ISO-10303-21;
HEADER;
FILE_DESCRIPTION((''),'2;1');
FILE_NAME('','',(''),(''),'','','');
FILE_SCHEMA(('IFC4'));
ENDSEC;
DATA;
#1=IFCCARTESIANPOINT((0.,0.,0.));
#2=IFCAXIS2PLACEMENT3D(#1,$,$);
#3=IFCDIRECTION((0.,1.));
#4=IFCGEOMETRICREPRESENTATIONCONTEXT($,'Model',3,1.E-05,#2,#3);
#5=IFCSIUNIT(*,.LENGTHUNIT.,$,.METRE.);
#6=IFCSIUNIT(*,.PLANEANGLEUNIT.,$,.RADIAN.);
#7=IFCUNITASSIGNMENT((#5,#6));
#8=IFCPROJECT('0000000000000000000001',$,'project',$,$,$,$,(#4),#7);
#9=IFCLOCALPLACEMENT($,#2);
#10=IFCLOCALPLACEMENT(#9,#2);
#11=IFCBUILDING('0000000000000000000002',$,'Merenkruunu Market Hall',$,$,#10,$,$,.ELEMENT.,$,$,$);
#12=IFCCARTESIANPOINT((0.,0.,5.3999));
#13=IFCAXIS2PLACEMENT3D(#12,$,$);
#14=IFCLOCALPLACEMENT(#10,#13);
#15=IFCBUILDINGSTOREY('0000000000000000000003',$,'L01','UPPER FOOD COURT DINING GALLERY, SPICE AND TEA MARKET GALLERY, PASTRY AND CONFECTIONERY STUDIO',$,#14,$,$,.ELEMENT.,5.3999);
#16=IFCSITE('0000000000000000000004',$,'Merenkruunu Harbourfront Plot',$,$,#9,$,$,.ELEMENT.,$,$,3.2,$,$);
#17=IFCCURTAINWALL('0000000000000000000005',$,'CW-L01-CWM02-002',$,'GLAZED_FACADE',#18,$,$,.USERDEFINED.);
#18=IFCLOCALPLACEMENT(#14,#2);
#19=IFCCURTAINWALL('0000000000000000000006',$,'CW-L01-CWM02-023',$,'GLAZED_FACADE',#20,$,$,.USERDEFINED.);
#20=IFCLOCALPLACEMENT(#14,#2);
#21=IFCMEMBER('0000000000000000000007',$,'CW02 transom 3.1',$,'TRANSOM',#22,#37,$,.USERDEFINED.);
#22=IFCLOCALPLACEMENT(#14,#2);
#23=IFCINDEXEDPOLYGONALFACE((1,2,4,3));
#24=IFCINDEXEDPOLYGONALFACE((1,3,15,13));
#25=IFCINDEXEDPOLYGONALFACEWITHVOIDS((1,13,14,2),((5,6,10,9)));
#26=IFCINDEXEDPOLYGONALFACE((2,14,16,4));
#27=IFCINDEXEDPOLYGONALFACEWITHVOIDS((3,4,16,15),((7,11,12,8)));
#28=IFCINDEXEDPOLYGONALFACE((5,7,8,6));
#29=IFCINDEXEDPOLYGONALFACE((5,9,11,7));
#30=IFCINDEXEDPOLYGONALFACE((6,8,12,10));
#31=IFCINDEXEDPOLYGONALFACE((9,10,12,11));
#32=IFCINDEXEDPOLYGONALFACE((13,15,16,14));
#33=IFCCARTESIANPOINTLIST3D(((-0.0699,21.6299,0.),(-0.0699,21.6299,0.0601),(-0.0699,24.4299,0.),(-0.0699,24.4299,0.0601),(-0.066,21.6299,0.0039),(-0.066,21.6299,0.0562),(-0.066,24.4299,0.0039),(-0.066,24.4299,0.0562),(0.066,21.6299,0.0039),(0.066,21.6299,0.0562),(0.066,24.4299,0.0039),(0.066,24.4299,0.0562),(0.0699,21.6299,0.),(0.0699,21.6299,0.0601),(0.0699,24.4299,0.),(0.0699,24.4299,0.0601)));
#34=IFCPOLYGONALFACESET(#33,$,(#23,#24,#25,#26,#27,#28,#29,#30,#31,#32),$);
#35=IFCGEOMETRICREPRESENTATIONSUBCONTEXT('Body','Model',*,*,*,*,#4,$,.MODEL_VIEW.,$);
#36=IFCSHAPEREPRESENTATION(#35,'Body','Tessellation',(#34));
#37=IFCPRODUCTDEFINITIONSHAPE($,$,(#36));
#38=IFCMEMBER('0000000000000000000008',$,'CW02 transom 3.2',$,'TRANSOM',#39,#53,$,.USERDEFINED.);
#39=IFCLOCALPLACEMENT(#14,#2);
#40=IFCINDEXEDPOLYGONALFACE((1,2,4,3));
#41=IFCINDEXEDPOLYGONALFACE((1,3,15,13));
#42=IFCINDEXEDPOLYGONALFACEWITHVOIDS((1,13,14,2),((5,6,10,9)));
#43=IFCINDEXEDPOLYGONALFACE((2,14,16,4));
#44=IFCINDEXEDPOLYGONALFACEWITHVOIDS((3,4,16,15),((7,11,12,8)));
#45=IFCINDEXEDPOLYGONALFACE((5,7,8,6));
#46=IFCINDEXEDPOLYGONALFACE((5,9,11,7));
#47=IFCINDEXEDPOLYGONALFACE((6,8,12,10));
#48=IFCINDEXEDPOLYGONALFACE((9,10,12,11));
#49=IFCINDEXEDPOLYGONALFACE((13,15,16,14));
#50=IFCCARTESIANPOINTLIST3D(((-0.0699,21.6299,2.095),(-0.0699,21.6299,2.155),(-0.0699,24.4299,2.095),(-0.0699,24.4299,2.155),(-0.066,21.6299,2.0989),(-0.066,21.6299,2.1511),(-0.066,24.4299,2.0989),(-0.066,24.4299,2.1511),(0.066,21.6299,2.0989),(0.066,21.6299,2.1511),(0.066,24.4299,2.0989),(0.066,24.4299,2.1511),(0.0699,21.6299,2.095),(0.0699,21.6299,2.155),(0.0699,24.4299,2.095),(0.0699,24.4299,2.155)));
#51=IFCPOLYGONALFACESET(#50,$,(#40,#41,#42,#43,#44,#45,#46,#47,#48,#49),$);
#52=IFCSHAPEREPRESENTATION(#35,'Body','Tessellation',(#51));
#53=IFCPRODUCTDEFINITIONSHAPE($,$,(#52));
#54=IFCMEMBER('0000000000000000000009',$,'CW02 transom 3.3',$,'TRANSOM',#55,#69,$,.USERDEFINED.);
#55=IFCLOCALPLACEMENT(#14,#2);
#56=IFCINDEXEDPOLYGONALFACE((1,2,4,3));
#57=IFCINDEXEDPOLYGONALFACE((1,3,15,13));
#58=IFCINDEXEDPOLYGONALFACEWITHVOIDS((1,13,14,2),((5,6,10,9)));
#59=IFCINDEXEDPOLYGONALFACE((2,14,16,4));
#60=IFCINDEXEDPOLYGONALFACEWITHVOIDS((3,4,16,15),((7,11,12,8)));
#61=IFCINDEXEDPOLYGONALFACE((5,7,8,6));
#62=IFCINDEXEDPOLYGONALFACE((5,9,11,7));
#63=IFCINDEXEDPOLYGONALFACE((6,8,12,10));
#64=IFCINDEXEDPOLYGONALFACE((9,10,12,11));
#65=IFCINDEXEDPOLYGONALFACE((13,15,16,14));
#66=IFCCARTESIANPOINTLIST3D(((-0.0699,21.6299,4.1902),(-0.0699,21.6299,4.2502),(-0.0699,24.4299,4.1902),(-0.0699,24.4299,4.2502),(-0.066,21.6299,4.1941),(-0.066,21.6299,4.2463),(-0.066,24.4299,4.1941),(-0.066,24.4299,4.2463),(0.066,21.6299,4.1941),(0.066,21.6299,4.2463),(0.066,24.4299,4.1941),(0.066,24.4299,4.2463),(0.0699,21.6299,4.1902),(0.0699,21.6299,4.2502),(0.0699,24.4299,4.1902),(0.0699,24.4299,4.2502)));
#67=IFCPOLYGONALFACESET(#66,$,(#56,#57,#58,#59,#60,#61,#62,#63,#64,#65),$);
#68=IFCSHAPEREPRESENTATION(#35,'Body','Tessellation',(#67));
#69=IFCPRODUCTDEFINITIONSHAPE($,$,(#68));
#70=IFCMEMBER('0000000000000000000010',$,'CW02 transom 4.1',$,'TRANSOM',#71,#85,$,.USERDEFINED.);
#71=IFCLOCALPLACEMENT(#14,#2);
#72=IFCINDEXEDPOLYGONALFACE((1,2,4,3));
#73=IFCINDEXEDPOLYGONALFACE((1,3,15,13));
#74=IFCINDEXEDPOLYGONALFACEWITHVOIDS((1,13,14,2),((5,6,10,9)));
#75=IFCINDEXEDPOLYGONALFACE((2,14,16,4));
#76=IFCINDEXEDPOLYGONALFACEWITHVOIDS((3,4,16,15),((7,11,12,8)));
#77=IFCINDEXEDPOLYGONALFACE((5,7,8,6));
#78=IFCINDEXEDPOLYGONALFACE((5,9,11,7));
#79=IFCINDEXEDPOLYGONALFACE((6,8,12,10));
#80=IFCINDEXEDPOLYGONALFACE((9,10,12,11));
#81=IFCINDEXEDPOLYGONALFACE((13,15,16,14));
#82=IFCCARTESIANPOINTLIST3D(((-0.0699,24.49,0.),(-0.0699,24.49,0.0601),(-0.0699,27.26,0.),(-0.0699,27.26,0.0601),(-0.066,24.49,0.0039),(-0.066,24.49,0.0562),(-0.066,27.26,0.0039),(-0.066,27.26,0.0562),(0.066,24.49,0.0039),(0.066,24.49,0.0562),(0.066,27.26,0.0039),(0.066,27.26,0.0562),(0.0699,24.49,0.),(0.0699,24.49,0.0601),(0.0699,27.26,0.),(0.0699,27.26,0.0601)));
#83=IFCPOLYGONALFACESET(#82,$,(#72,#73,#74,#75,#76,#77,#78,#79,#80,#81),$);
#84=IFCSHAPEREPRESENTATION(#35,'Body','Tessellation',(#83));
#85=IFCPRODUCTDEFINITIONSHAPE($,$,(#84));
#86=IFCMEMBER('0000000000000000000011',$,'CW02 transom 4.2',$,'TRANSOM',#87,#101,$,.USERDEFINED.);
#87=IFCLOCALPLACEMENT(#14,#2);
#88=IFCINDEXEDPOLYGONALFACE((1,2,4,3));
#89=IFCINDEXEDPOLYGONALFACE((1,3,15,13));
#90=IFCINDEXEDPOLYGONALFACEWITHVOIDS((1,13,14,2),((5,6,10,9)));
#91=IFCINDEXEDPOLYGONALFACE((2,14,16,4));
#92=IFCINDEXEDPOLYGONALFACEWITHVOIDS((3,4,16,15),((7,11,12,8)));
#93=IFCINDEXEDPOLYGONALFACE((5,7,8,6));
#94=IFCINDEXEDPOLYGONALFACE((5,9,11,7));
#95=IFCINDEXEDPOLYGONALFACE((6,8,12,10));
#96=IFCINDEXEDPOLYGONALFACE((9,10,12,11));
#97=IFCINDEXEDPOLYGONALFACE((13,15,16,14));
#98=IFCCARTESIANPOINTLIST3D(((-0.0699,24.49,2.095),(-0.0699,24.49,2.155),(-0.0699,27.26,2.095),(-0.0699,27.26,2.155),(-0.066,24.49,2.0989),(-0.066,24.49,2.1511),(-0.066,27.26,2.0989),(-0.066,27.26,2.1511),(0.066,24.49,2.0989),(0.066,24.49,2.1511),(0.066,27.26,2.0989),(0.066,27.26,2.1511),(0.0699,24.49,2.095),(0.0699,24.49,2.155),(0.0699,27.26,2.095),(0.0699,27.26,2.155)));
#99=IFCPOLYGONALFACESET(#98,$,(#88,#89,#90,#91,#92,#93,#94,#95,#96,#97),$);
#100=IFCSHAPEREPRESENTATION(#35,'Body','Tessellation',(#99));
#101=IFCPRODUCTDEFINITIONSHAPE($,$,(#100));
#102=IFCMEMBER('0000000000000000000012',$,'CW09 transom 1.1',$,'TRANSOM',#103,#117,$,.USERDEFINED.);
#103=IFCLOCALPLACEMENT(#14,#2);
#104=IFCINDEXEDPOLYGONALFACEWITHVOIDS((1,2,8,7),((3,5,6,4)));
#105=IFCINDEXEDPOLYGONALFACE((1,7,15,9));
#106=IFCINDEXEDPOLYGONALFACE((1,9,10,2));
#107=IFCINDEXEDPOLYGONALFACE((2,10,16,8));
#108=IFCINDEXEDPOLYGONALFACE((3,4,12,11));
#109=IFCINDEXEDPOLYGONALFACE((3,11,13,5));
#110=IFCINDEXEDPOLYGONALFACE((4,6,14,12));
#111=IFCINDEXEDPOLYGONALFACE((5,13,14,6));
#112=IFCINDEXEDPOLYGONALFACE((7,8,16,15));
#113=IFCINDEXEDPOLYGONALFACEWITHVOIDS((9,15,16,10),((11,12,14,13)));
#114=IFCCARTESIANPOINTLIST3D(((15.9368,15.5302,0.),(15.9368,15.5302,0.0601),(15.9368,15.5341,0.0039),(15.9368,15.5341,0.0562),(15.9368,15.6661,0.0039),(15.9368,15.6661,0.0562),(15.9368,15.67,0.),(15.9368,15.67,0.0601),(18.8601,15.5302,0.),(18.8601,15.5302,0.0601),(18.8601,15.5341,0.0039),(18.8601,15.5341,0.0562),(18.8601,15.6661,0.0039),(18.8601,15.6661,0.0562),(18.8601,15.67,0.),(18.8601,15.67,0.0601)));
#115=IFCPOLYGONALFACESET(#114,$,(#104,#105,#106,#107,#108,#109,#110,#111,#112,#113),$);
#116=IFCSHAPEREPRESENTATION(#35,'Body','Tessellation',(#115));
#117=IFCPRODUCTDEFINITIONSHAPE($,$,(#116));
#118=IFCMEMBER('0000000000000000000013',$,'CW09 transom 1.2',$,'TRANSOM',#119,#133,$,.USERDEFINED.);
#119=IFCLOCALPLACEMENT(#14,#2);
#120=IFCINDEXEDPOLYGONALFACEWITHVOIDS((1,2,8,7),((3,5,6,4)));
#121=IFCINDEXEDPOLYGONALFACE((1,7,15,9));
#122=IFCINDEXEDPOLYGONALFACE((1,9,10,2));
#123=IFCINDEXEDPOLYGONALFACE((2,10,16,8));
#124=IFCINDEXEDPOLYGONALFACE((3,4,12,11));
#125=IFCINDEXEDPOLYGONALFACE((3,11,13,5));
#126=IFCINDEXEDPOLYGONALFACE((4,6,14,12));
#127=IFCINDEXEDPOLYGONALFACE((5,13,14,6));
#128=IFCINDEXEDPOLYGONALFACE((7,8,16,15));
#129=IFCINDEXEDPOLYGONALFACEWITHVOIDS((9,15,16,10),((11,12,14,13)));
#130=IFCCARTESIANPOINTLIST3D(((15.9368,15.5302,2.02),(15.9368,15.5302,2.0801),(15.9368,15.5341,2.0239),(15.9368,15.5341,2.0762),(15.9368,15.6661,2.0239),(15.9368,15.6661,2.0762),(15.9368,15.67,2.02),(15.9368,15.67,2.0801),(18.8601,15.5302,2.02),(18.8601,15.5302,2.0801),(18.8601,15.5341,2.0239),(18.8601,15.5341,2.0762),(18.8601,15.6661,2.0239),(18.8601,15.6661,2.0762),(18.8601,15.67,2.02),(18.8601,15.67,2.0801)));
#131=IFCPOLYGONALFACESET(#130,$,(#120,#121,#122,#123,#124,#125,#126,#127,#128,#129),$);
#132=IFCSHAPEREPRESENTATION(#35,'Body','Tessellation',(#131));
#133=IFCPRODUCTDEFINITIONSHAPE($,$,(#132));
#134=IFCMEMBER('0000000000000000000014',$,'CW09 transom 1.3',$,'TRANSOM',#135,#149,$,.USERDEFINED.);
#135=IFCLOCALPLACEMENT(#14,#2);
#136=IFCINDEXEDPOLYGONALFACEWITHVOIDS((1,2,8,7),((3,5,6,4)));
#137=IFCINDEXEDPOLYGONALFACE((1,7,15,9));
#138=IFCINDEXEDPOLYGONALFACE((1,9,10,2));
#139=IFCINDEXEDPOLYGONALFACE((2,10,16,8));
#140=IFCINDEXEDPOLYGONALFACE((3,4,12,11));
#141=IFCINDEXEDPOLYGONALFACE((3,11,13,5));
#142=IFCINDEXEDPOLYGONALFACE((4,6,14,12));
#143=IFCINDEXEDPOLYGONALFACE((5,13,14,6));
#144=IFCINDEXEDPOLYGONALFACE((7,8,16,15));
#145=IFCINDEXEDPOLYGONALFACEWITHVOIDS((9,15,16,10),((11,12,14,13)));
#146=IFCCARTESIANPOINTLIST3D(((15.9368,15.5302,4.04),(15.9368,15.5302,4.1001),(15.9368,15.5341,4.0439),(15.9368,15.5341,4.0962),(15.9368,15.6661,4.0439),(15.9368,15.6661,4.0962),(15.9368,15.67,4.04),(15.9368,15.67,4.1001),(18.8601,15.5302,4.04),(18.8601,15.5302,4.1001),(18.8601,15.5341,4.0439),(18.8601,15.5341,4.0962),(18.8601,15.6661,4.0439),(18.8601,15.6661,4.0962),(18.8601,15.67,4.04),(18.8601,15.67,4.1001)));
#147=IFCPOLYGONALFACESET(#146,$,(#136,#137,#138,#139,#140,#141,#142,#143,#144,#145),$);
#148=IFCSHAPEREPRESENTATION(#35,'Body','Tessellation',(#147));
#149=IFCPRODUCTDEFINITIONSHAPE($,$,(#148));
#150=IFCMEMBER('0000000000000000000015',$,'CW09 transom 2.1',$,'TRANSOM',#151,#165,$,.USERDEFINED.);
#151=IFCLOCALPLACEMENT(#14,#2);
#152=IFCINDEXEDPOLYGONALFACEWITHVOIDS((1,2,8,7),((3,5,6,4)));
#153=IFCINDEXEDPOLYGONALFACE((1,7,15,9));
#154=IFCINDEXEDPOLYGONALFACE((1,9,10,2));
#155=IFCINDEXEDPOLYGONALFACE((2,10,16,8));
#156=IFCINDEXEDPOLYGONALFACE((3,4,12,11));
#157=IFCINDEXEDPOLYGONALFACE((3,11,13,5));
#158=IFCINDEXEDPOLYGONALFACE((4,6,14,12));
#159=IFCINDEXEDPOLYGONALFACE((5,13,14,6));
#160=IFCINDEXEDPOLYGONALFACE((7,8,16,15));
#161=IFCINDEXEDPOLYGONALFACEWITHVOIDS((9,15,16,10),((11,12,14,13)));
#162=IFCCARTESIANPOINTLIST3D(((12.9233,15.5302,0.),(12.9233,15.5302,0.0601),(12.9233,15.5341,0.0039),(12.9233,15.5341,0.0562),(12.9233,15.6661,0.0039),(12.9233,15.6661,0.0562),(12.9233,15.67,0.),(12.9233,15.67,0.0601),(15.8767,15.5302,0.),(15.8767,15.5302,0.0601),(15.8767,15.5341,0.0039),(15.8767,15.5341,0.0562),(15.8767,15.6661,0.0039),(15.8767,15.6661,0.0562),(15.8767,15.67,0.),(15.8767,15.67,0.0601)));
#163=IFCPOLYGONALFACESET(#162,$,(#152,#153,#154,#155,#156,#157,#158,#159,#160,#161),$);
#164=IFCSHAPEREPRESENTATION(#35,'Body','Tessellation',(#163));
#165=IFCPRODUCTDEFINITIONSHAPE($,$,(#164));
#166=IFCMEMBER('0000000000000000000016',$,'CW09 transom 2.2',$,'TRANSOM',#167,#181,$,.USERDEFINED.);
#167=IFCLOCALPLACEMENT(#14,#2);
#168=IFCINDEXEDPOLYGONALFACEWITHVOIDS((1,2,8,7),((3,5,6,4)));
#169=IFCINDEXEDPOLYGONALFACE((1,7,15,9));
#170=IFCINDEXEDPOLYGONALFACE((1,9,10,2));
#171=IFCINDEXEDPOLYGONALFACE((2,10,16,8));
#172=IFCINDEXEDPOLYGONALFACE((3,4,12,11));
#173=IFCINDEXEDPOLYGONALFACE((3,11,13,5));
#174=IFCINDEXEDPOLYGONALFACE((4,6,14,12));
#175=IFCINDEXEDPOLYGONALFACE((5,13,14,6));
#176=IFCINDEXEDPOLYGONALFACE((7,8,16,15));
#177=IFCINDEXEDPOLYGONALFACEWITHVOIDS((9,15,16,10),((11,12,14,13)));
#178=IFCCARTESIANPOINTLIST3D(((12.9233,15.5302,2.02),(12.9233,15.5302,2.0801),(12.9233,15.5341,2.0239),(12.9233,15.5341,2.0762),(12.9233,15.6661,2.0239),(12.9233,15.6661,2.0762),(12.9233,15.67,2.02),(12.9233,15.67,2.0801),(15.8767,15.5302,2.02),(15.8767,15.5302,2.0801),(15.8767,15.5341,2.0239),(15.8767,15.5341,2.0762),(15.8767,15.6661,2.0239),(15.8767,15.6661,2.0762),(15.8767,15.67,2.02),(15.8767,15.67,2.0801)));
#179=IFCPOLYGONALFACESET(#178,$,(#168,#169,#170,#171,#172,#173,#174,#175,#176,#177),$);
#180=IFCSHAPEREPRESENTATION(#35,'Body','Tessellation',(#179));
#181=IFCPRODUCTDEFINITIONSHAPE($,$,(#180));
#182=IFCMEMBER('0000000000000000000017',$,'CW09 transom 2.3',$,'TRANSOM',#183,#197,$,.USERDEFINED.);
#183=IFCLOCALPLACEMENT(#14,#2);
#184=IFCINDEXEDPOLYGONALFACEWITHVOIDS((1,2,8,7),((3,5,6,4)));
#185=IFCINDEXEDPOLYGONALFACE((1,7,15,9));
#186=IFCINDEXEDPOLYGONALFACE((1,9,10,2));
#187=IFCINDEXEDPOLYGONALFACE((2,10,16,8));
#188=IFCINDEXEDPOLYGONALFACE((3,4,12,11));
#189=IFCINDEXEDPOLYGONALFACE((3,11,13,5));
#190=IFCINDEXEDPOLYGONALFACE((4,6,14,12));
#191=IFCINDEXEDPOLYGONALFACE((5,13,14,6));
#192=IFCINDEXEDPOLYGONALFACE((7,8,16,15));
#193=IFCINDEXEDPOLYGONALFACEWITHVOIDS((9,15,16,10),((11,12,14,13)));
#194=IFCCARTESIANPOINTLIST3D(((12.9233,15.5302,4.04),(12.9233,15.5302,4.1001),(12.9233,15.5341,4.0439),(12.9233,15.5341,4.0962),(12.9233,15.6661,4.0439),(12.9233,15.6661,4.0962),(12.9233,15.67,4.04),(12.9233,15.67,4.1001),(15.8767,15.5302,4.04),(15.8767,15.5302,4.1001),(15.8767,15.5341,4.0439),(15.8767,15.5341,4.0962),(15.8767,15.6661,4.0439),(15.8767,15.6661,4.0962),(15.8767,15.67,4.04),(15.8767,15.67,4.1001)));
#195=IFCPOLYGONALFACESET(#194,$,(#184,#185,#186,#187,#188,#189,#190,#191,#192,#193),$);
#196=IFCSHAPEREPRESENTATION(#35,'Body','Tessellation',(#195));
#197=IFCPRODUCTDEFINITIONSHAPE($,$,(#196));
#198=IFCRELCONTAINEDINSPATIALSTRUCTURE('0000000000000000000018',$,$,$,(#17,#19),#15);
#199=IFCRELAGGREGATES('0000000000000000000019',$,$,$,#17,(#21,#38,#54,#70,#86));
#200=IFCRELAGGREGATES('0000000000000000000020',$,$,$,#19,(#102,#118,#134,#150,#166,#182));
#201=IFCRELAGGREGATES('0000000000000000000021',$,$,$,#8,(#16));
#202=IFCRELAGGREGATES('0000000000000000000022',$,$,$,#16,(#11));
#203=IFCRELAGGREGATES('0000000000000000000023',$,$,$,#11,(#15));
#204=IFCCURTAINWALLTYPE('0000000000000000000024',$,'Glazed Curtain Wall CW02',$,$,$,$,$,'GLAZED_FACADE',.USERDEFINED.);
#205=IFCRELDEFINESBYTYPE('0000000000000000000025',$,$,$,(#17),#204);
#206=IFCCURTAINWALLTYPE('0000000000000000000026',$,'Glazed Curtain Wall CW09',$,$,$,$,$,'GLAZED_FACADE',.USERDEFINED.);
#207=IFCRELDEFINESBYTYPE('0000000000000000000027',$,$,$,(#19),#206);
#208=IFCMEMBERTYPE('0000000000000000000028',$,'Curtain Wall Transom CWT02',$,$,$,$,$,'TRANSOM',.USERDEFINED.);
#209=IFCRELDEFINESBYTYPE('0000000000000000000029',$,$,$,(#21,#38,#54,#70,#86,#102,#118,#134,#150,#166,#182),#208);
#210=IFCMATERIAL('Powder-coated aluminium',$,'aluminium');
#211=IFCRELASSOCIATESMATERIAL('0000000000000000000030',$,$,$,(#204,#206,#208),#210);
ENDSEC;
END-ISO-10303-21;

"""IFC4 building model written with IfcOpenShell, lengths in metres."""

from ifc_helpers import new_model, si_unit, direction, frame, origin, origin_2d, place, context, subcontext, project, spatial, hollow_rectangle, extrude, material, material_profile, profile_set, type_object, element, aggregate, save


model = new_model("IFC4")

# Units and contexts
model_context = context("Model", 3, precision=1e-05, world=origin(), true_north=direction((0.0, 1.0)))
body_context = subcontext(model_context, "Body", "Model", "MODEL_VIEW")
ifc_project = project(units=[si_unit("LENGTHUNIT", "METRE"), si_unit("PLANEANGLEUNIT", "RADIAN")], contexts=[model_context])

# Site, building, storey
site_placement = place(None, origin())
site = spatial("IfcSite", under=ifc_project, at=site_placement, Name="Merenkruunu Harbourfront Plot", CompositionType="ELEMENT", RefElevation=3.2)
building_placement = place(site_placement, origin())
building = spatial("IfcBuilding", under=site, at=building_placement, Name="Merenkruunu Market Hall", CompositionType="ELEMENT")
storey_placement = place(building_placement, frame((0.0, 0.0, 5.3999)))
storey = spatial("IfcBuildingStorey", under=building, at=storey_placement, Name="L01", Description="UPPER FOOD COURT DINING GALLERY, SPICE AND TEA MARKET GALLERY, PASTRY AND CONFECTIONERY STUDIO", CompositionType="ELEMENT", Elevation=5.3999)

# Curtain wall
ifc_material_1 = material(Name="Powder-coated aluminium", Category="aluminium")
curtain_wall_type_1 = type_object("IfcCurtainWallType", Name="Glazed Curtain Wall CW02", ElementType="GLAZED_FACADE", PredefinedType="USERDEFINED", material=ifc_material_1)
curtain_wall_1_placement = place(storey_placement, origin())
curtain_wall_1 = element("IfcCurtainWall", 1, at=curtain_wall_1_placement, inside=storey, type_object=curtain_wall_type_1, Name="CW-L01-CWM02-002", ObjectType="GLAZED_FACADE", PredefinedType="USERDEFINED")

# Curtain wall
curtain_wall_type_2 = type_object("IfcCurtainWallType", Name="Glazed Curtain Wall CW09", ElementType="GLAZED_FACADE", PredefinedType="USERDEFINED", material=ifc_material_1)
curtain_wall_2_placement = place(storey_placement, origin())
curtain_wall_2 = element("IfcCurtainWall", 2, at=curtain_wall_2_placement, inside=storey, type_object=curtain_wall_type_2, Name="CW-L01-CWM02-023", ObjectType="GLAZED_FACADE", PredefinedType="USERDEFINED")

# Members
ifc_material_profile_1 = material_profile(ifc_material_1, hollow_rectangle(XDim=0.0601, YDim=0.1399, WallThickness=0.0039, at=origin_2d()), Name="ALU 60x140x4")
ifc_profile_set_1 = profile_set([ifc_material_profile_1], Name="Powder-coated aluminium")
member_type_1 = type_object("IfcMemberType", Name="Curtain Wall Transom CWT02", ElementType="TRANSOM", PredefinedType="USERDEFINED", material=ifc_profile_set_1)
member_1_placement = place(storey_placement, frame((0.0, 21.6299, 0.03), z_axis=(0.0, 1.0, 0.0), x_axis=(0.0, 0.0, 1.0)))
member_1 = element("IfcMember", 3, at=member_1_placement, type_object=member_type_1, Name="CW02 transom 3.1", ObjectType="TRANSOM", PredefinedType="USERDEFINED", context=body_context, shape_type="SweptSolid", body=[
    extrude(hollow_rectangle(XDim=0.0601, YDim=0.1399, WallThickness=0.0039, at=origin_2d()), origin(), (0.0, 0.0, 1.0), 2.8),
])
member_2_placement = place(storey_placement, frame((0.0, 21.6299, 2.125), z_axis=(0.0, 1.0, 0.0), x_axis=(0.0, 0.0, 1.0)))
member_2 = element("IfcMember", 4, at=member_2_placement, type_object=member_type_1, Name="CW02 transom 3.2", ObjectType="TRANSOM", PredefinedType="USERDEFINED", context=body_context, shape_type="SweptSolid", body=[
    extrude(hollow_rectangle(XDim=0.0601, YDim=0.1399, WallThickness=0.0039, at=origin_2d()), origin(), (0.0, 0.0, 1.0), 2.8),
])
member_3_placement = place(storey_placement, frame((0.0, 21.6299, 4.2202), z_axis=(0.0, 1.0, 0.0), x_axis=(0.0, 0.0, 1.0)))
member_3 = element("IfcMember", 5, at=member_3_placement, type_object=member_type_1, Name="CW02 transom 3.3", ObjectType="TRANSOM", PredefinedType="USERDEFINED", context=body_context, shape_type="SweptSolid", body=[
    extrude(hollow_rectangle(XDim=0.0601, YDim=0.1399, WallThickness=0.0039, at=origin_2d()), origin(), (0.0, 0.0, 1.0), 2.8),
])
member_4_placement = place(storey_placement, frame((0.0, 24.49, 0.03), z_axis=(0.0, 1.0, 0.0), x_axis=(0.0, 0.0, 1.0)))
member_4 = element("IfcMember", 6, at=member_4_placement, type_object=member_type_1, Name="CW02 transom 4.1", ObjectType="TRANSOM", PredefinedType="USERDEFINED", context=body_context, shape_type="SweptSolid", body=[
    extrude(hollow_rectangle(XDim=0.0601, YDim=0.1399, WallThickness=0.0039, at=origin_2d()), origin(), (0.0, 0.0, 1.0), 2.77),
])
member_5_placement = place(storey_placement, frame((0.0, 24.49, 2.125), z_axis=(0.0, 1.0, 0.0), x_axis=(0.0, 0.0, 1.0)))
member_5 = element("IfcMember", 7, at=member_5_placement, type_object=member_type_1, Name="CW02 transom 4.2", ObjectType="TRANSOM", PredefinedType="USERDEFINED", context=body_context, shape_type="SweptSolid", body=[
    extrude(hollow_rectangle(XDim=0.0601, YDim=0.1399, WallThickness=0.0039, at=origin_2d()), origin(), (0.0, 0.0, 1.0), 2.77),
])
member_6_placement = place(storey_placement, frame((18.8601, 15.6001, 0.03), z_axis=(-1.0, 0.0, 0.0), x_axis=(0.0, 0.0, 1.0)))
member_6 = element("IfcMember", 8, at=member_6_placement, type_object=member_type_1, Name="CW09 transom 1.1", ObjectType="TRANSOM", PredefinedType="USERDEFINED", context=body_context, shape_type="SweptSolid", body=[
    extrude(hollow_rectangle(XDim=0.0601, YDim=0.1399, WallThickness=0.0039, at=origin_2d()), origin(), (0.0, 0.0, 1.0), 2.9233),
])
member_7_placement = place(storey_placement, frame((18.8601, 15.6001, 2.05), z_axis=(-1.0, 0.0, 0.0), x_axis=(0.0, 0.0, 1.0)))
member_7 = element("IfcMember", 9, at=member_7_placement, type_object=member_type_1, Name="CW09 transom 1.2", ObjectType="TRANSOM", PredefinedType="USERDEFINED", context=body_context, shape_type="SweptSolid", body=[
    extrude(hollow_rectangle(XDim=0.0601, YDim=0.1399, WallThickness=0.0039, at=origin_2d()), origin(), (0.0, 0.0, 1.0), 2.9233),
])
member_8_placement = place(storey_placement, frame((18.8601, 15.6001, 4.0701), z_axis=(-1.0, 0.0, 0.0), x_axis=(0.0, 0.0, 1.0)))
member_8 = element("IfcMember", 10, at=member_8_placement, type_object=member_type_1, Name="CW09 transom 1.3", ObjectType="TRANSOM", PredefinedType="USERDEFINED", context=body_context, shape_type="SweptSolid", body=[
    extrude(hollow_rectangle(XDim=0.0601, YDim=0.1399, WallThickness=0.0039, at=origin_2d()), origin(), (0.0, 0.0, 1.0), 2.9233),
])
member_9_placement = place(storey_placement, frame((15.8767, 15.6001, 0.03), z_axis=(-1.0, 0.0, 0.0), x_axis=(0.0, 0.0, 1.0)))
member_9 = element("IfcMember", 11, at=member_9_placement, type_object=member_type_1, Name="CW09 transom 2.1", ObjectType="TRANSOM", PredefinedType="USERDEFINED", context=body_context, shape_type="SweptSolid", body=[
    extrude(hollow_rectangle(XDim=0.0601, YDim=0.1399, WallThickness=0.0039, at=origin_2d()), origin(), (0.0, 0.0, 1.0), 2.9534),
])
member_10_placement = place(storey_placement, frame((15.8767, 15.6001, 2.05), z_axis=(-1.0, 0.0, 0.0), x_axis=(0.0, 0.0, 1.0)))
member_10 = element("IfcMember", 12, at=member_10_placement, type_object=member_type_1, Name="CW09 transom 2.2", ObjectType="TRANSOM", PredefinedType="USERDEFINED", context=body_context, shape_type="SweptSolid", body=[
    extrude(hollow_rectangle(XDim=0.0601, YDim=0.1399, WallThickness=0.0039, at=origin_2d()), origin(), (0.0, 0.0, 1.0), 2.9534),
])
member_11_placement = place(storey_placement, frame((15.8767, 15.6001, 4.0701), z_axis=(-1.0, 0.0, 0.0), x_axis=(0.0, 0.0, 1.0)))
member_11 = element("IfcMember", 13, at=member_11_placement, type_object=member_type_1, Name="CW09 transom 2.3", ObjectType="TRANSOM", PredefinedType="USERDEFINED", context=body_context, shape_type="SweptSolid", body=[
    extrude(hollow_rectangle(XDim=0.0601, YDim=0.1399, WallThickness=0.0039, at=origin_2d()), origin(), (0.0, 0.0, 1.0), 2.9534),
])

aggregate(curtain_wall_1, [member_1, member_2, member_3, member_4, member_5])
aggregate(curtain_wall_2, [member_6, member_7, member_8, member_9, member_10, member_11])

save(model, "model.ifc")
